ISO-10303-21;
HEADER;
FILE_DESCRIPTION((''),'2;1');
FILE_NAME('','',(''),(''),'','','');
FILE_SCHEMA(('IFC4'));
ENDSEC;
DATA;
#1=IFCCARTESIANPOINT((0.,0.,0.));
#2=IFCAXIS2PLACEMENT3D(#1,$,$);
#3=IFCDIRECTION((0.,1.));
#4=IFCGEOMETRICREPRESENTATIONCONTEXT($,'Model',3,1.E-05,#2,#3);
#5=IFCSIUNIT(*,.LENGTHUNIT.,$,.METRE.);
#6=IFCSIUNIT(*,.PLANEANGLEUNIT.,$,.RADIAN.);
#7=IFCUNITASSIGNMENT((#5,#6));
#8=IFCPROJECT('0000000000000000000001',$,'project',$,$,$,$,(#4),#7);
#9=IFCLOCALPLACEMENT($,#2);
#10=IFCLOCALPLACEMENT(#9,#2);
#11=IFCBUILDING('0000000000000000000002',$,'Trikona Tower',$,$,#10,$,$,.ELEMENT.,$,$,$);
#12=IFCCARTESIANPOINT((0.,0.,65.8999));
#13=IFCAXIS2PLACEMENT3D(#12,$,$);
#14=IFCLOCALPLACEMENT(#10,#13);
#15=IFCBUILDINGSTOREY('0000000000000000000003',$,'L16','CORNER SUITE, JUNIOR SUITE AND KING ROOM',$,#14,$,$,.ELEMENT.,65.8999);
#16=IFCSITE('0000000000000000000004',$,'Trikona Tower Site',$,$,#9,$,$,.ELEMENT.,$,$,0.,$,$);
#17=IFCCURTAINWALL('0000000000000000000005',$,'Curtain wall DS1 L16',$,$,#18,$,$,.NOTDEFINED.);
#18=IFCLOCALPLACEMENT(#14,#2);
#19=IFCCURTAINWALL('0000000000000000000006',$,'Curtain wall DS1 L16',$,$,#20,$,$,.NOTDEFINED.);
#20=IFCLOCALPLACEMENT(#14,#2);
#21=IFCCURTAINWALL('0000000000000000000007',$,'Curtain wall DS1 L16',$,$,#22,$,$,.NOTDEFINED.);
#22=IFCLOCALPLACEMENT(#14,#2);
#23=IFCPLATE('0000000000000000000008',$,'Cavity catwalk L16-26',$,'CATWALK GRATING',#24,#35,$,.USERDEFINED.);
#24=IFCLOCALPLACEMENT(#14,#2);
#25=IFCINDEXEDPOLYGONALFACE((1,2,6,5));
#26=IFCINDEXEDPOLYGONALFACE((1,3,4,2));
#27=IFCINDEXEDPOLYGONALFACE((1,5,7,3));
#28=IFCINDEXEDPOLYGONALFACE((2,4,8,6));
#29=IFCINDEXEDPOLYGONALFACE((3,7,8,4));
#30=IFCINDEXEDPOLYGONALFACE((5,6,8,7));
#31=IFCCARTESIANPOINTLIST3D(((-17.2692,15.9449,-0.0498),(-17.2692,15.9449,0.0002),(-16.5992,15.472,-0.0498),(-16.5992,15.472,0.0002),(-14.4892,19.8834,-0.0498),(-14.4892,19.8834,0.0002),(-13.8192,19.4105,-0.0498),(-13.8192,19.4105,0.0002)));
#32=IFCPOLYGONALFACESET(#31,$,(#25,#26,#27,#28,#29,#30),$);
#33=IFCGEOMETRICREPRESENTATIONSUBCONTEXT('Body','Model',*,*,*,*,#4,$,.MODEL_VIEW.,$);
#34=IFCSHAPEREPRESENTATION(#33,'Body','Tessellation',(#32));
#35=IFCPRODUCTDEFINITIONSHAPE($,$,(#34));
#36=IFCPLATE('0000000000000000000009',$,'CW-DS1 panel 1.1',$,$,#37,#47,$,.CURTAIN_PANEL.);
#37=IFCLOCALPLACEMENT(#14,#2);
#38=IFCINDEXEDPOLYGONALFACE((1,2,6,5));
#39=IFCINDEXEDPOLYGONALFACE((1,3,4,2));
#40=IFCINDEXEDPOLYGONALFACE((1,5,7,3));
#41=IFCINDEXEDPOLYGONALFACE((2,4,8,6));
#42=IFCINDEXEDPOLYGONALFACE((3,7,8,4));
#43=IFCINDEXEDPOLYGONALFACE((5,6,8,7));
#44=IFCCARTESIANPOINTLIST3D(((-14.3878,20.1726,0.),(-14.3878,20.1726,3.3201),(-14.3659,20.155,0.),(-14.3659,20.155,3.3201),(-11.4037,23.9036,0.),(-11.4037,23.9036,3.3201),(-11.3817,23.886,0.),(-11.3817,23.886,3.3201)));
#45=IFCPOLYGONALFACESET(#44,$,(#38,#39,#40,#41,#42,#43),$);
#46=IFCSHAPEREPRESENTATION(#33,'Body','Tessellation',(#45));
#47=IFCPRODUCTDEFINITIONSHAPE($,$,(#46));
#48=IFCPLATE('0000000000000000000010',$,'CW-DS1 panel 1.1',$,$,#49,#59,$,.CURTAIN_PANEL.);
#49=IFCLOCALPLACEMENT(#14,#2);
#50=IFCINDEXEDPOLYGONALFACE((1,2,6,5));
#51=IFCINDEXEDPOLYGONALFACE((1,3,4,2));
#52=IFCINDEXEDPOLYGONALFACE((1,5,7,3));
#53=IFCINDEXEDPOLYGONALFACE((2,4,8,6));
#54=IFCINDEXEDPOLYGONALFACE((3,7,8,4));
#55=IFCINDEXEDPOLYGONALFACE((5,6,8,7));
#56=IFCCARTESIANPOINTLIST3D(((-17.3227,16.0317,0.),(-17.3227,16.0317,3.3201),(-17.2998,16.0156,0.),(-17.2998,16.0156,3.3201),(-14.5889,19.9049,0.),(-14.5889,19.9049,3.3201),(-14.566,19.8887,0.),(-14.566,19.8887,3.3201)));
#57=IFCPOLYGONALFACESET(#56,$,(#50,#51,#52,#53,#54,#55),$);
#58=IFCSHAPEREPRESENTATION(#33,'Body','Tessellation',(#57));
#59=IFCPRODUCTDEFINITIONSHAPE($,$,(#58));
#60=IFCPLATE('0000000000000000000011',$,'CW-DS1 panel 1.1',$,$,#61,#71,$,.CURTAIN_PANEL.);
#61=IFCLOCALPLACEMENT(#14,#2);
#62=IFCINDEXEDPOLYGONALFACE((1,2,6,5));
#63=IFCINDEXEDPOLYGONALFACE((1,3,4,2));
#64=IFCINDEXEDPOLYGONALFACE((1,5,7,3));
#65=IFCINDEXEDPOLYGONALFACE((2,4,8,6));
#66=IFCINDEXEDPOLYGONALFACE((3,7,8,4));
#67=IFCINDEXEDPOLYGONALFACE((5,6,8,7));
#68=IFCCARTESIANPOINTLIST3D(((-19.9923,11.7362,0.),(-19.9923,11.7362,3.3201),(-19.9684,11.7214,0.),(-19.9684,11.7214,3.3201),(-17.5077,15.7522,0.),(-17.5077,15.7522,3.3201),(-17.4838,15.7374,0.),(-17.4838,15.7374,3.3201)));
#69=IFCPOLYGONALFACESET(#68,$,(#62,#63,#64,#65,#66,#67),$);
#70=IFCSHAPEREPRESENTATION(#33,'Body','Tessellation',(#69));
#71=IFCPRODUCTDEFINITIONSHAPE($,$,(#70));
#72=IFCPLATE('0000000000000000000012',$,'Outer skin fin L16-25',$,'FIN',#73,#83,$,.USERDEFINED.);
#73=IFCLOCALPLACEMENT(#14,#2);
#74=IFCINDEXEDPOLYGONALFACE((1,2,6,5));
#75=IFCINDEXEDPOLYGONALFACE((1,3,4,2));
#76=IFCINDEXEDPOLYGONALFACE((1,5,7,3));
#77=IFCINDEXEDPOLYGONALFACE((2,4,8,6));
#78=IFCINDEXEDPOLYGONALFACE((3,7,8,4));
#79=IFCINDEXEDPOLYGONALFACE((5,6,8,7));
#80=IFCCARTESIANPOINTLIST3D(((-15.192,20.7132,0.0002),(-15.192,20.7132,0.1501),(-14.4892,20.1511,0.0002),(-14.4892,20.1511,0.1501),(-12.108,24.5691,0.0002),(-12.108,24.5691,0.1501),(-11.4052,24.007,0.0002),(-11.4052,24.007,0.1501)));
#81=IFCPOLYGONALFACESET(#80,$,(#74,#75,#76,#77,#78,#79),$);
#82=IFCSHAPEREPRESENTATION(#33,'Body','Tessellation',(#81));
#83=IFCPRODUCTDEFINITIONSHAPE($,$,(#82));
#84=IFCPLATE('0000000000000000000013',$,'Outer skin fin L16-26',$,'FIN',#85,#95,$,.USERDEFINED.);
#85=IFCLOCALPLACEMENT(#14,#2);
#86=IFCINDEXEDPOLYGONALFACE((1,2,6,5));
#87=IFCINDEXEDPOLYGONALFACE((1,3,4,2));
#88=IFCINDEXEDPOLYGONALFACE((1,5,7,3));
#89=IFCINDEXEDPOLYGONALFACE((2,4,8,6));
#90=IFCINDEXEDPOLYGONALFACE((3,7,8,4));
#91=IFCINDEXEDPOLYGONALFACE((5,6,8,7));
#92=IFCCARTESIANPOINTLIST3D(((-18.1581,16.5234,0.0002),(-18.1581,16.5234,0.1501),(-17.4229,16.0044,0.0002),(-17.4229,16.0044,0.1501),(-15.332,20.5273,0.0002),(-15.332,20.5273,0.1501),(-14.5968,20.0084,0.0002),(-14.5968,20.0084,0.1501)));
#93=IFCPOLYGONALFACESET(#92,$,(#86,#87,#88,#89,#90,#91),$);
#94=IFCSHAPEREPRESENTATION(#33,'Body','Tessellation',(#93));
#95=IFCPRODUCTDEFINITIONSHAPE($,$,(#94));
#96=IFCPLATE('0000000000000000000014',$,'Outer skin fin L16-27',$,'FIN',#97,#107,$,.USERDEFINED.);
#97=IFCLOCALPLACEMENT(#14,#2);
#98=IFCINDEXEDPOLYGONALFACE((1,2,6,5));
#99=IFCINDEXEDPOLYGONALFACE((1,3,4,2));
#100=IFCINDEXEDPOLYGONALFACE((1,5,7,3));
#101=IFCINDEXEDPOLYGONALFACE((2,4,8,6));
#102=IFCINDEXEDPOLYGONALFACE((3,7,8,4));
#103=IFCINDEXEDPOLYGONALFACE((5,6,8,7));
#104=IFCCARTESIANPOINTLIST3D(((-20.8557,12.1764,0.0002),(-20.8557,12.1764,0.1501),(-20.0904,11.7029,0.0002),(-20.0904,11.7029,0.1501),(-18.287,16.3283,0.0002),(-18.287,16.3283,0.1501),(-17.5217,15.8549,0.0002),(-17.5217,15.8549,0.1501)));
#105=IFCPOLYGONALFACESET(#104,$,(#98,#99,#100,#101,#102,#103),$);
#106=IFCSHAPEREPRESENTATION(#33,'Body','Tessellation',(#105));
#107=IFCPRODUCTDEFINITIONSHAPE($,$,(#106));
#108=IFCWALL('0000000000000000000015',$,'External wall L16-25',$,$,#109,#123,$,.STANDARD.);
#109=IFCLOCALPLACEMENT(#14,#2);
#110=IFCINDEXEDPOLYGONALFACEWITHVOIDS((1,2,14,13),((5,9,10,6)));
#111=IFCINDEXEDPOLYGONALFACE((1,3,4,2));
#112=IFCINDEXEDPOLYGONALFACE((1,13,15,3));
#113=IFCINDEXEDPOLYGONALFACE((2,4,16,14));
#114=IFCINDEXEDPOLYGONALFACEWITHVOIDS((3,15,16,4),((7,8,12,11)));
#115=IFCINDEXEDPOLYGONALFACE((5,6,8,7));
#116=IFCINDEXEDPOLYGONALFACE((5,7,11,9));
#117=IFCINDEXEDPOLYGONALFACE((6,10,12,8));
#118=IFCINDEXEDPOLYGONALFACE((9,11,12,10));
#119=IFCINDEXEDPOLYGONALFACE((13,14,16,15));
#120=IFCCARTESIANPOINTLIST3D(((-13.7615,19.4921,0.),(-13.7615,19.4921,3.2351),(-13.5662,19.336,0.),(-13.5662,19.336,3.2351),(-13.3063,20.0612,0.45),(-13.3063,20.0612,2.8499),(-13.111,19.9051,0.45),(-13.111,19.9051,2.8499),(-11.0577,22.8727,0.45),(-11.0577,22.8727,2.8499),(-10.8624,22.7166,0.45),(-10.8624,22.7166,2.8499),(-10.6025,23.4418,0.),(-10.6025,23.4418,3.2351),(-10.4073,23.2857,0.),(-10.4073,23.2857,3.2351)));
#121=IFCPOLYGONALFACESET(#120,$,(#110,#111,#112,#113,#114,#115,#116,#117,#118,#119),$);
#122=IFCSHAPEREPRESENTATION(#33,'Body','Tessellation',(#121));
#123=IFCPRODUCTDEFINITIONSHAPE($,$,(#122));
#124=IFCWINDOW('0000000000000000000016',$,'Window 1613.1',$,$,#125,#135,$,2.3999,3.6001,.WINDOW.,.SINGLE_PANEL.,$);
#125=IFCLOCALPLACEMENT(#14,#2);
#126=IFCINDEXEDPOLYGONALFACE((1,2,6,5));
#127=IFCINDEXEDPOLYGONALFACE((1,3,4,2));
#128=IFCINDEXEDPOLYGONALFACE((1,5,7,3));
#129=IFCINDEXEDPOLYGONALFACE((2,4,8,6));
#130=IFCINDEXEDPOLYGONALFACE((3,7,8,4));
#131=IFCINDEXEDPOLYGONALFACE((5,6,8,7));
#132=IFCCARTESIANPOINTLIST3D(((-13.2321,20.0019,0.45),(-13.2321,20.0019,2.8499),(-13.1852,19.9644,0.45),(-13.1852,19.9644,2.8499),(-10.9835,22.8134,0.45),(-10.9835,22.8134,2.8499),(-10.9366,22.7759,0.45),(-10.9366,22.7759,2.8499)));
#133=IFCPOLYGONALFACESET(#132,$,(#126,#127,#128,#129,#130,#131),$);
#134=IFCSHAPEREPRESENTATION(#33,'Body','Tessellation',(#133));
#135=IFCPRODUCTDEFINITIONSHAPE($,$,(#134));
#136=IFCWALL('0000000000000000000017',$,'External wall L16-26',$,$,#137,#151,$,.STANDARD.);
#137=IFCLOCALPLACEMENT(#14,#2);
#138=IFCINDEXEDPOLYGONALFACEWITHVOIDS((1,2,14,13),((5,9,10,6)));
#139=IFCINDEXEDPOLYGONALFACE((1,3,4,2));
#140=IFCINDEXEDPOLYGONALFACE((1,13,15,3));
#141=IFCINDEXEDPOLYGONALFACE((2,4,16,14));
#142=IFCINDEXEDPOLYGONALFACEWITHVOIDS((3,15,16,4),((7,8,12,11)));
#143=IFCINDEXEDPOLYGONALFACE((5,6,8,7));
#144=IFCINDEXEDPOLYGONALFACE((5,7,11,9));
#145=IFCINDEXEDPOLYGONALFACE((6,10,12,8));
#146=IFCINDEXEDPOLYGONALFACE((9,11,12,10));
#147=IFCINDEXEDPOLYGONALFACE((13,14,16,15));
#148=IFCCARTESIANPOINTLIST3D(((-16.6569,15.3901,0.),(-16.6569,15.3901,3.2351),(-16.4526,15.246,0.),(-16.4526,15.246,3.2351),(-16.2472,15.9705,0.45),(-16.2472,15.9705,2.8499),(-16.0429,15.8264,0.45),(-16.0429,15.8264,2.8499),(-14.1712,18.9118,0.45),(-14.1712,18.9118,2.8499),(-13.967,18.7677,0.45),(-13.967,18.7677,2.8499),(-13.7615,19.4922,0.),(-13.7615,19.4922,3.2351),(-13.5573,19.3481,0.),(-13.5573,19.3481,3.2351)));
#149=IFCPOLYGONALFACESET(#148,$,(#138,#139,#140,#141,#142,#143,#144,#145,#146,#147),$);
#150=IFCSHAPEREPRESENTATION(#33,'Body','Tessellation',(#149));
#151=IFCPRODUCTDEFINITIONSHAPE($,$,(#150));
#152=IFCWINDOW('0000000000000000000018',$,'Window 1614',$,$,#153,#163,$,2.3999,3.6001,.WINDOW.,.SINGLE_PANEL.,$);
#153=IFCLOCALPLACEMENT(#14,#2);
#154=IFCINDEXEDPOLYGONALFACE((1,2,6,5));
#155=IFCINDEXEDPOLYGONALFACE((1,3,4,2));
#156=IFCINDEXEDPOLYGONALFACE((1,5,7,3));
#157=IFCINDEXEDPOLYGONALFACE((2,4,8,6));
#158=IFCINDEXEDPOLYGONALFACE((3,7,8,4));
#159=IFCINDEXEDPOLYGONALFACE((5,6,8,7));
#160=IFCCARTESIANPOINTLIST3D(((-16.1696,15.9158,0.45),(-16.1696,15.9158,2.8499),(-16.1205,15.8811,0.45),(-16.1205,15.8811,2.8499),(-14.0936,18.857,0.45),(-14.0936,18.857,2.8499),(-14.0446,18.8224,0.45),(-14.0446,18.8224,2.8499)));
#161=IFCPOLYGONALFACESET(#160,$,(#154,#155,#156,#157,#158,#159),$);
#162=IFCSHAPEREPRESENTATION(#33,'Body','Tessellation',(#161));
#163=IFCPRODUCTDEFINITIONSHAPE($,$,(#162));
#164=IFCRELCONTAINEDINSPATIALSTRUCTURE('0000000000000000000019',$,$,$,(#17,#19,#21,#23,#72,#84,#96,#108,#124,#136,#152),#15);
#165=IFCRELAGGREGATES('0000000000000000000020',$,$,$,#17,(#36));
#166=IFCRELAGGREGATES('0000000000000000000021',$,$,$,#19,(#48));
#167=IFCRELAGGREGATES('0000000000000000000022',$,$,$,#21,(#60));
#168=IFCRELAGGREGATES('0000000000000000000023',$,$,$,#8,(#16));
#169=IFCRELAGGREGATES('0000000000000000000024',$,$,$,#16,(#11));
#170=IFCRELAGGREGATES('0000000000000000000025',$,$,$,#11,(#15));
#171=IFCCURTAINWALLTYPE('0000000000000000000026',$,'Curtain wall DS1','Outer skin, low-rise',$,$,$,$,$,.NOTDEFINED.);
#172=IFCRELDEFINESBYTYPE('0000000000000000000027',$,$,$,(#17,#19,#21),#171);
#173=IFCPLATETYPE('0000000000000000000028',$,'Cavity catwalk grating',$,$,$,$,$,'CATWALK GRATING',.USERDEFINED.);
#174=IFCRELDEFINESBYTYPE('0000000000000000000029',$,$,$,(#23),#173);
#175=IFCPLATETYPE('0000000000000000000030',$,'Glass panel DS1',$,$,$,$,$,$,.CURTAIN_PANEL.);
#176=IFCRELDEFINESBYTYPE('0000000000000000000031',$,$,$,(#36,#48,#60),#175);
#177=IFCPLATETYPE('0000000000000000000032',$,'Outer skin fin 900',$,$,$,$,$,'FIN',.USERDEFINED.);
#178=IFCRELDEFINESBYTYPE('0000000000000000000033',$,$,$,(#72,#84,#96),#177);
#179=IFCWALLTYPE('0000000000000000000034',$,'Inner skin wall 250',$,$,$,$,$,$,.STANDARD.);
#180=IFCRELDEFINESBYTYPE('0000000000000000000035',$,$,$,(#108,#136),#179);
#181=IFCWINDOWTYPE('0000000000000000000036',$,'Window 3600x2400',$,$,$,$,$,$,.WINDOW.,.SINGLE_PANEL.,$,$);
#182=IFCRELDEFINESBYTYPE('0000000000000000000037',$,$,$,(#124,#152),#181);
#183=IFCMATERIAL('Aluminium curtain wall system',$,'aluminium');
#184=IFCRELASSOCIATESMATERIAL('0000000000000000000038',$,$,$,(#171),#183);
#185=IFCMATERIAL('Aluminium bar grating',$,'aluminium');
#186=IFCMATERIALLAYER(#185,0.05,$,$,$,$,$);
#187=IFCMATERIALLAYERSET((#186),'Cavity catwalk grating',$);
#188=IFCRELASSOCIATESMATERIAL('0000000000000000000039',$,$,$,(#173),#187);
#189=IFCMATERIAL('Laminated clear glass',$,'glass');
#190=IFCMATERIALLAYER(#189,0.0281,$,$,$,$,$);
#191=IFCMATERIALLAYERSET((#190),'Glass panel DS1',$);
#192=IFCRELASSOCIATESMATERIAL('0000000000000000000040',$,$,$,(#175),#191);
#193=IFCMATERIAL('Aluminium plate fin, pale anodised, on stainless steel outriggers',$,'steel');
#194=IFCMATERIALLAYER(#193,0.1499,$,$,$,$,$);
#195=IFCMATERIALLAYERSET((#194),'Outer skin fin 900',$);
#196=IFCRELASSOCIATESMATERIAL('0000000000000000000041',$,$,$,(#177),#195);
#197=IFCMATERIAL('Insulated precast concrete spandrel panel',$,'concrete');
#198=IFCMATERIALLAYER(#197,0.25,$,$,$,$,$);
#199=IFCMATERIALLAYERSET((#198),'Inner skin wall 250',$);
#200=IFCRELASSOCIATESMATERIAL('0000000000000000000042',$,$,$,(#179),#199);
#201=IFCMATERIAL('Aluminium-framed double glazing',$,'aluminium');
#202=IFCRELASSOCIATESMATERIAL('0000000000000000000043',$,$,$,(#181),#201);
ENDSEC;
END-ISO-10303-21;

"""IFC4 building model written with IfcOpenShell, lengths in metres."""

from ifc_helpers import new_model, si_unit, direction, frame, frame_2d, origin, origin_2d, place, context, subcontext, project, spatial, rectangle, extrude, material, layer, layer_set, type_object, element, fill, aggregate, save


model = new_model("IFC4")

# Units and contexts
model_context = context("Model", 3, precision=1e-05, world=origin(), true_north=direction((0.0, 1.0)))
body_context = subcontext(model_context, "Body", "Model", "MODEL_VIEW")
ifc_project = project(units=[si_unit("LENGTHUNIT", "METRE"), si_unit("PLANEANGLEUNIT", "RADIAN")], contexts=[model_context])

# Site, building, storey
site_placement = place(None, origin())
site = spatial("IfcSite", under=ifc_project, at=site_placement, Name="Trikona Tower Site", CompositionType="ELEMENT", RefElevation=0.0)
building_placement = place(site_placement, origin())
building = spatial("IfcBuilding", under=site, at=building_placement, Name="Trikona Tower", CompositionType="ELEMENT")
storey_placement = place(building_placement, frame((0.0, 0.0, 65.8999)))
storey = spatial("IfcBuildingStorey", under=building, at=storey_placement, Name="L16", Description="CORNER SUITE, JUNIOR SUITE AND KING ROOM", CompositionType="ELEMENT", Elevation=65.8999)

# Shared definitions
ifc_material_1 = material(Name="Aluminium curtain wall system", Category="aluminium")
curtain_wall_type = type_object("IfcCurtainWallType", Name="Curtain wall DS1", Description="Outer skin, low-rise", PredefinedType="NOTDEFINED", material=ifc_material_1)

# Curtain walls
curtain_wall_1_placement = place(storey_placement, origin())
curtain_wall_1 = element("IfcCurtainWall", 1, at=curtain_wall_1_placement, inside=storey, type_object=curtain_wall_type, Name="Curtain wall DS1 L16", PredefinedType="NOTDEFINED")
curtain_wall_2_placement = place(storey_placement, origin())
curtain_wall_2 = element("IfcCurtainWall", 2, at=curtain_wall_2_placement, inside=storey, type_object=curtain_wall_type, Name="Curtain wall DS1 L16", PredefinedType="NOTDEFINED")

# Curtain wall
curtain_wall_3_placement = place(storey_placement, origin())
curtain_wall_3 = element("IfcCurtainWall", 3, at=curtain_wall_3_placement, inside=storey, type_object=curtain_wall_type, Name="Curtain wall DS1 L16", PredefinedType="NOTDEFINED")

# Plate
ifc_material_2 = material(Name="Aluminium bar grating", Category="aluminium")
ifc_layer_1 = layer(ifc_material_2, 0.05)
ifc_layer_set_1 = layer_set([ifc_layer_1], Name="Cavity catwalk grating")
plate_type_1 = type_object("IfcPlateType", Name="Cavity catwalk grating", ElementType="CATWALK GRATING", PredefinedType="USERDEFINED", material=ifc_layer_set_1)
plate_1_placement = place(storey_placement, frame((-15.5442, 17.6777, -0.0498), z_axis=(0.0, 0.0, 1.0), x_axis=(-0.576662, -0.816983, 0.0)))
element("IfcPlate", 4, at=plate_1_placement, inside=storey, type_object=plate_type_1, Name="Cavity catwalk L16-26", ObjectType="CATWALK GRATING", PredefinedType="USERDEFINED", context=body_context, shape_type="SweptSolid", body=[
    extrude(rectangle(XDim=4.8208, YDim=0.8201, at=origin_2d()), origin(), (0.0, 0.0, 1.0), 0.05),
])

# Plates
ifc_material_3 = material(Name="Laminated clear glass", Category="glass")
ifc_layer_2 = layer(ifc_material_3, 0.0281)
ifc_layer_set_2 = layer_set([ifc_layer_2], Name="Glass panel DS1")
plate_type_2 = type_object("IfcPlateType", Name="Glass panel DS1", PredefinedType="CURTAIN_PANEL", material=ifc_layer_set_2)
plate_2_placement = place(storey_placement, frame((-12.8848, 22.0293, 0.0), z_axis=(0.0, 0.0, 1.0), x_axis=(-0.624609, -0.780938, 0.0)))
plate_2 = element("IfcPlate", 5, at=plate_2_placement, type_object=plate_type_2, Name="CW-DS1 panel 1.1", PredefinedType="CURTAIN_PANEL", context=body_context, shape_type="SweptSolid", body=[
    extrude(rectangle(XDim=4.7776, YDim=0.0281, at=origin_2d()), origin(), (0.0, 0.0, 1.0), 3.3201),
])
aggregate(curtain_wall_1, [plate_2])
plate_3_placement = place(storey_placement, frame((-15.9443, 17.9602, 0.0), z_axis=(0.0, 0.0, 1.0), x_axis=(-0.576658, -0.816985, 0.0)))
plate_3 = element("IfcPlate", 6, at=plate_3_placement, type_object=plate_type_2, Name="CW-DS1 panel 1.1", PredefinedType="CURTAIN_PANEL", context=body_context, shape_type="SweptSolid", body=[
    extrude(rectangle(XDim=4.7407, YDim=0.0281, at=origin_2d()), origin(), (0.0, 0.0, 1.0), 3.3201),
])
aggregate(curtain_wall_2, [plate_3])
plate_4_placement = place(storey_placement, frame((-18.738, 13.7368, 0.0), z_axis=(0.0, 0.0, 1.0), x_axis=(-0.52612, -0.85041, 0.0)))
plate_4 = element("IfcPlate", 7, at=plate_4_placement, type_object=plate_type_2, Name="CW-DS1 panel 1.1", PredefinedType="CURTAIN_PANEL", context=body_context, shape_type="SweptSolid", body=[
    extrude(rectangle(XDim=4.7224, YDim=0.0281, at=origin_2d()), origin(), (0.0, 0.0, 1.0), 3.3201),
])
aggregate(curtain_wall_3, [plate_4])

# Plates
ifc_material_4 = material(Name="Aluminium plate fin, pale anodised, on stainless steel outriggers", Category="steel")
ifc_layer_3 = layer(ifc_material_4, 0.1499)
ifc_layer_set_3 = layer_set([ifc_layer_3], Name="Outer skin fin 900")
plate_type_3 = type_object("IfcPlateType", Name="Outer skin fin 900", ElementType="FIN", PredefinedType="USERDEFINED", material=ifc_layer_set_3)
plate_5_placement = place(storey_placement, frame((-13.2986, 22.3601, 0.0002), z_axis=(0.0, 0.0, 1.0), x_axis=(-0.624604, -0.780942, 0.0)))
element("IfcPlate", 8, at=plate_5_placement, inside=storey, type_object=plate_type_3, Name="Outer skin fin L16-25", ObjectType="FIN", PredefinedType="USERDEFINED", context=body_context, shape_type="SweptSolid", body=[
    extrude(rectangle(XDim=4.9375, YDim=0.8999, at=origin_2d()), origin(), (0.0, 0.0, 1.0), 0.1499),
])
plate_6_placement = place(storey_placement, frame((-16.3774, 18.2659, 0.0002), z_axis=(0.0, 0.0, 1.0), x_axis=(-0.576662, -0.816983, 0.0)))
element("IfcPlate", 9, at=plate_6_placement, inside=storey, type_object=plate_type_3, Name="Outer skin fin L16-26", ObjectType="FIN", PredefinedType="USERDEFINED", context=body_context, shape_type="SweptSolid", body=[
    extrude(rectangle(XDim=4.9009, YDim=0.8999, at=origin_2d()), origin(), (0.0, 0.0, 1.0), 0.1499),
])
plate_7_placement = place(storey_placement, frame((-19.1887, 14.0156, 0.0002), z_axis=(0.0, 0.0, 1.0), x_axis=(-0.526119, -0.850411, 0.0)))
element("IfcPlate", 10, at=plate_7_placement, inside=storey, type_object=plate_type_3, Name="Outer skin fin L16-27", ObjectType="FIN", PredefinedType="USERDEFINED", context=body_context, shape_type="SweptSolid", body=[
    extrude(rectangle(XDim=4.8823, YDim=0.8999, at=origin_2d()), origin(), (0.0, 0.0, 1.0), 0.1499),
])

# Walls, openings, windows
ifc_material_5 = material(Name="Insulated precast concrete spandrel panel", Category="concrete")
ifc_layer_4 = layer(ifc_material_5, 0.25)
ifc_layer_set_4 = layer_set([ifc_layer_4], Name="Inner skin wall 250")
wall_type = type_object("IfcWallType", Name="Inner skin wall 250", PredefinedType="STANDARD", material=ifc_layer_set_4)
wall_1_placement = place(storey_placement, frame((-10.5049, 23.3638, 0.0), z_axis=(0.0, 0.0, 1.0), x_axis=(-0.624595, -0.780949, 0.0)))
wall_1 = element("IfcWall", 11, at=wall_1_placement, inside=storey, type_object=wall_type, Name="External wall L16-25", PredefinedType="STANDARD", context=body_context, shape_type="SweptSolid", body=[
    extrude(rectangle(XDim=5.0576, YDim=0.25, at=frame_2d((2.5288, 0.0))), origin(), (0.0, 0.0, 1.0), 3.2351),
])
opening_1_placement = place(wall_1_placement, frame((0.7288, 0.0, 0.45)))
opening_1 = element("IfcOpeningElement", 12, at=opening_1_placement, cuts=wall_1, PredefinedType="OPENING", context=body_context, shape_type="SweptSolid", body=[
    extrude(rectangle(XDim=3.6001, YDim=2.3999, at=frame_2d((1.8, 1.2))), frame((0.0, 0.135, 0.0), z_axis=(0.0, -1.0, 0.0), x_axis=(1.0, 0.0, 0.0)), (0.0, 0.0, 1.0), 0.27),
])
ifc_material_6 = material(Name="Aluminium-framed double glazing", Category="aluminium")
window_type = type_object("IfcWindowType", Name="Window 3600x2400", PartitioningType="SINGLE_PANEL", PredefinedType="WINDOW", material=ifc_material_6)
window_1_placement = place(opening_1_placement, origin())
window_1 = element("IfcWindow", 13, at=window_1_placement, inside=storey, type_object=window_type, Name="Window 1613.1", OverallHeight=2.3999, OverallWidth=3.6001, PartitioningType="SINGLE_PANEL", PredefinedType="WINDOW", context=body_context, shape_type="SweptSolid", body=[
    extrude(rectangle(XDim=3.6001, YDim=2.3999, at=frame_2d((1.8, 1.2))), frame((0.0, 0.03, 0.0), z_axis=(0.0, -1.0, 0.0), x_axis=(1.0, 0.0, 0.0)), (0.0, 0.0, 1.0), 0.0601),
])
fill(opening_1, window_1)
wall_2_placement = place(storey_placement, frame((-13.6594, 19.4202, 0.0), z_axis=(0.0, 0.0, 1.0), x_axis=(-0.576643, -0.816996, 0.0)))
wall_2 = element("IfcWall", 14, at=wall_2_placement, inside=storey, type_object=wall_type, Name="External wall L16-26", PredefinedType="STANDARD", context=body_context, shape_type="SweptSolid", body=[
    extrude(rectangle(XDim=5.021, YDim=0.25, at=frame_2d((2.5105, 0.0))), origin(), (0.0, 0.0, 1.0), 3.2351),
])
opening_2_placement = place(wall_2_placement, frame((0.7104, 0.0, 0.45)))
opening_2 = element("IfcOpeningElement", 15, at=opening_2_placement, cuts=wall_2, PredefinedType="OPENING", context=body_context, shape_type="SweptSolid", body=[
    extrude(rectangle(XDim=3.6001, YDim=2.3999, at=frame_2d((1.8, 1.2))), frame((0.0, 0.135, 0.0), z_axis=(0.0, -1.0, 0.0), x_axis=(1.0, 0.0, 0.0)), (0.0, 0.0, 1.0), 0.27),
])
window_2_placement = place(opening_2_placement, origin())
window_2 = element("IfcWindow", 16, at=window_2_placement, inside=storey, type_object=window_type, Name="Window 1614", OverallHeight=2.3999, OverallWidth=3.6001, PartitioningType="SINGLE_PANEL", PredefinedType="WINDOW", context=body_context, shape_type="SweptSolid", body=[
    extrude(rectangle(XDim=3.6001, YDim=2.3999, at=frame_2d((1.8, 1.2))), frame((0.0, 0.03, 0.0), z_axis=(0.0, -1.0, 0.0), x_axis=(1.0, 0.0, 0.0)), (0.0, 0.0, 1.0), 0.0601),
])
fill(opening_2, window_2)

save(model, "model.ifc")
